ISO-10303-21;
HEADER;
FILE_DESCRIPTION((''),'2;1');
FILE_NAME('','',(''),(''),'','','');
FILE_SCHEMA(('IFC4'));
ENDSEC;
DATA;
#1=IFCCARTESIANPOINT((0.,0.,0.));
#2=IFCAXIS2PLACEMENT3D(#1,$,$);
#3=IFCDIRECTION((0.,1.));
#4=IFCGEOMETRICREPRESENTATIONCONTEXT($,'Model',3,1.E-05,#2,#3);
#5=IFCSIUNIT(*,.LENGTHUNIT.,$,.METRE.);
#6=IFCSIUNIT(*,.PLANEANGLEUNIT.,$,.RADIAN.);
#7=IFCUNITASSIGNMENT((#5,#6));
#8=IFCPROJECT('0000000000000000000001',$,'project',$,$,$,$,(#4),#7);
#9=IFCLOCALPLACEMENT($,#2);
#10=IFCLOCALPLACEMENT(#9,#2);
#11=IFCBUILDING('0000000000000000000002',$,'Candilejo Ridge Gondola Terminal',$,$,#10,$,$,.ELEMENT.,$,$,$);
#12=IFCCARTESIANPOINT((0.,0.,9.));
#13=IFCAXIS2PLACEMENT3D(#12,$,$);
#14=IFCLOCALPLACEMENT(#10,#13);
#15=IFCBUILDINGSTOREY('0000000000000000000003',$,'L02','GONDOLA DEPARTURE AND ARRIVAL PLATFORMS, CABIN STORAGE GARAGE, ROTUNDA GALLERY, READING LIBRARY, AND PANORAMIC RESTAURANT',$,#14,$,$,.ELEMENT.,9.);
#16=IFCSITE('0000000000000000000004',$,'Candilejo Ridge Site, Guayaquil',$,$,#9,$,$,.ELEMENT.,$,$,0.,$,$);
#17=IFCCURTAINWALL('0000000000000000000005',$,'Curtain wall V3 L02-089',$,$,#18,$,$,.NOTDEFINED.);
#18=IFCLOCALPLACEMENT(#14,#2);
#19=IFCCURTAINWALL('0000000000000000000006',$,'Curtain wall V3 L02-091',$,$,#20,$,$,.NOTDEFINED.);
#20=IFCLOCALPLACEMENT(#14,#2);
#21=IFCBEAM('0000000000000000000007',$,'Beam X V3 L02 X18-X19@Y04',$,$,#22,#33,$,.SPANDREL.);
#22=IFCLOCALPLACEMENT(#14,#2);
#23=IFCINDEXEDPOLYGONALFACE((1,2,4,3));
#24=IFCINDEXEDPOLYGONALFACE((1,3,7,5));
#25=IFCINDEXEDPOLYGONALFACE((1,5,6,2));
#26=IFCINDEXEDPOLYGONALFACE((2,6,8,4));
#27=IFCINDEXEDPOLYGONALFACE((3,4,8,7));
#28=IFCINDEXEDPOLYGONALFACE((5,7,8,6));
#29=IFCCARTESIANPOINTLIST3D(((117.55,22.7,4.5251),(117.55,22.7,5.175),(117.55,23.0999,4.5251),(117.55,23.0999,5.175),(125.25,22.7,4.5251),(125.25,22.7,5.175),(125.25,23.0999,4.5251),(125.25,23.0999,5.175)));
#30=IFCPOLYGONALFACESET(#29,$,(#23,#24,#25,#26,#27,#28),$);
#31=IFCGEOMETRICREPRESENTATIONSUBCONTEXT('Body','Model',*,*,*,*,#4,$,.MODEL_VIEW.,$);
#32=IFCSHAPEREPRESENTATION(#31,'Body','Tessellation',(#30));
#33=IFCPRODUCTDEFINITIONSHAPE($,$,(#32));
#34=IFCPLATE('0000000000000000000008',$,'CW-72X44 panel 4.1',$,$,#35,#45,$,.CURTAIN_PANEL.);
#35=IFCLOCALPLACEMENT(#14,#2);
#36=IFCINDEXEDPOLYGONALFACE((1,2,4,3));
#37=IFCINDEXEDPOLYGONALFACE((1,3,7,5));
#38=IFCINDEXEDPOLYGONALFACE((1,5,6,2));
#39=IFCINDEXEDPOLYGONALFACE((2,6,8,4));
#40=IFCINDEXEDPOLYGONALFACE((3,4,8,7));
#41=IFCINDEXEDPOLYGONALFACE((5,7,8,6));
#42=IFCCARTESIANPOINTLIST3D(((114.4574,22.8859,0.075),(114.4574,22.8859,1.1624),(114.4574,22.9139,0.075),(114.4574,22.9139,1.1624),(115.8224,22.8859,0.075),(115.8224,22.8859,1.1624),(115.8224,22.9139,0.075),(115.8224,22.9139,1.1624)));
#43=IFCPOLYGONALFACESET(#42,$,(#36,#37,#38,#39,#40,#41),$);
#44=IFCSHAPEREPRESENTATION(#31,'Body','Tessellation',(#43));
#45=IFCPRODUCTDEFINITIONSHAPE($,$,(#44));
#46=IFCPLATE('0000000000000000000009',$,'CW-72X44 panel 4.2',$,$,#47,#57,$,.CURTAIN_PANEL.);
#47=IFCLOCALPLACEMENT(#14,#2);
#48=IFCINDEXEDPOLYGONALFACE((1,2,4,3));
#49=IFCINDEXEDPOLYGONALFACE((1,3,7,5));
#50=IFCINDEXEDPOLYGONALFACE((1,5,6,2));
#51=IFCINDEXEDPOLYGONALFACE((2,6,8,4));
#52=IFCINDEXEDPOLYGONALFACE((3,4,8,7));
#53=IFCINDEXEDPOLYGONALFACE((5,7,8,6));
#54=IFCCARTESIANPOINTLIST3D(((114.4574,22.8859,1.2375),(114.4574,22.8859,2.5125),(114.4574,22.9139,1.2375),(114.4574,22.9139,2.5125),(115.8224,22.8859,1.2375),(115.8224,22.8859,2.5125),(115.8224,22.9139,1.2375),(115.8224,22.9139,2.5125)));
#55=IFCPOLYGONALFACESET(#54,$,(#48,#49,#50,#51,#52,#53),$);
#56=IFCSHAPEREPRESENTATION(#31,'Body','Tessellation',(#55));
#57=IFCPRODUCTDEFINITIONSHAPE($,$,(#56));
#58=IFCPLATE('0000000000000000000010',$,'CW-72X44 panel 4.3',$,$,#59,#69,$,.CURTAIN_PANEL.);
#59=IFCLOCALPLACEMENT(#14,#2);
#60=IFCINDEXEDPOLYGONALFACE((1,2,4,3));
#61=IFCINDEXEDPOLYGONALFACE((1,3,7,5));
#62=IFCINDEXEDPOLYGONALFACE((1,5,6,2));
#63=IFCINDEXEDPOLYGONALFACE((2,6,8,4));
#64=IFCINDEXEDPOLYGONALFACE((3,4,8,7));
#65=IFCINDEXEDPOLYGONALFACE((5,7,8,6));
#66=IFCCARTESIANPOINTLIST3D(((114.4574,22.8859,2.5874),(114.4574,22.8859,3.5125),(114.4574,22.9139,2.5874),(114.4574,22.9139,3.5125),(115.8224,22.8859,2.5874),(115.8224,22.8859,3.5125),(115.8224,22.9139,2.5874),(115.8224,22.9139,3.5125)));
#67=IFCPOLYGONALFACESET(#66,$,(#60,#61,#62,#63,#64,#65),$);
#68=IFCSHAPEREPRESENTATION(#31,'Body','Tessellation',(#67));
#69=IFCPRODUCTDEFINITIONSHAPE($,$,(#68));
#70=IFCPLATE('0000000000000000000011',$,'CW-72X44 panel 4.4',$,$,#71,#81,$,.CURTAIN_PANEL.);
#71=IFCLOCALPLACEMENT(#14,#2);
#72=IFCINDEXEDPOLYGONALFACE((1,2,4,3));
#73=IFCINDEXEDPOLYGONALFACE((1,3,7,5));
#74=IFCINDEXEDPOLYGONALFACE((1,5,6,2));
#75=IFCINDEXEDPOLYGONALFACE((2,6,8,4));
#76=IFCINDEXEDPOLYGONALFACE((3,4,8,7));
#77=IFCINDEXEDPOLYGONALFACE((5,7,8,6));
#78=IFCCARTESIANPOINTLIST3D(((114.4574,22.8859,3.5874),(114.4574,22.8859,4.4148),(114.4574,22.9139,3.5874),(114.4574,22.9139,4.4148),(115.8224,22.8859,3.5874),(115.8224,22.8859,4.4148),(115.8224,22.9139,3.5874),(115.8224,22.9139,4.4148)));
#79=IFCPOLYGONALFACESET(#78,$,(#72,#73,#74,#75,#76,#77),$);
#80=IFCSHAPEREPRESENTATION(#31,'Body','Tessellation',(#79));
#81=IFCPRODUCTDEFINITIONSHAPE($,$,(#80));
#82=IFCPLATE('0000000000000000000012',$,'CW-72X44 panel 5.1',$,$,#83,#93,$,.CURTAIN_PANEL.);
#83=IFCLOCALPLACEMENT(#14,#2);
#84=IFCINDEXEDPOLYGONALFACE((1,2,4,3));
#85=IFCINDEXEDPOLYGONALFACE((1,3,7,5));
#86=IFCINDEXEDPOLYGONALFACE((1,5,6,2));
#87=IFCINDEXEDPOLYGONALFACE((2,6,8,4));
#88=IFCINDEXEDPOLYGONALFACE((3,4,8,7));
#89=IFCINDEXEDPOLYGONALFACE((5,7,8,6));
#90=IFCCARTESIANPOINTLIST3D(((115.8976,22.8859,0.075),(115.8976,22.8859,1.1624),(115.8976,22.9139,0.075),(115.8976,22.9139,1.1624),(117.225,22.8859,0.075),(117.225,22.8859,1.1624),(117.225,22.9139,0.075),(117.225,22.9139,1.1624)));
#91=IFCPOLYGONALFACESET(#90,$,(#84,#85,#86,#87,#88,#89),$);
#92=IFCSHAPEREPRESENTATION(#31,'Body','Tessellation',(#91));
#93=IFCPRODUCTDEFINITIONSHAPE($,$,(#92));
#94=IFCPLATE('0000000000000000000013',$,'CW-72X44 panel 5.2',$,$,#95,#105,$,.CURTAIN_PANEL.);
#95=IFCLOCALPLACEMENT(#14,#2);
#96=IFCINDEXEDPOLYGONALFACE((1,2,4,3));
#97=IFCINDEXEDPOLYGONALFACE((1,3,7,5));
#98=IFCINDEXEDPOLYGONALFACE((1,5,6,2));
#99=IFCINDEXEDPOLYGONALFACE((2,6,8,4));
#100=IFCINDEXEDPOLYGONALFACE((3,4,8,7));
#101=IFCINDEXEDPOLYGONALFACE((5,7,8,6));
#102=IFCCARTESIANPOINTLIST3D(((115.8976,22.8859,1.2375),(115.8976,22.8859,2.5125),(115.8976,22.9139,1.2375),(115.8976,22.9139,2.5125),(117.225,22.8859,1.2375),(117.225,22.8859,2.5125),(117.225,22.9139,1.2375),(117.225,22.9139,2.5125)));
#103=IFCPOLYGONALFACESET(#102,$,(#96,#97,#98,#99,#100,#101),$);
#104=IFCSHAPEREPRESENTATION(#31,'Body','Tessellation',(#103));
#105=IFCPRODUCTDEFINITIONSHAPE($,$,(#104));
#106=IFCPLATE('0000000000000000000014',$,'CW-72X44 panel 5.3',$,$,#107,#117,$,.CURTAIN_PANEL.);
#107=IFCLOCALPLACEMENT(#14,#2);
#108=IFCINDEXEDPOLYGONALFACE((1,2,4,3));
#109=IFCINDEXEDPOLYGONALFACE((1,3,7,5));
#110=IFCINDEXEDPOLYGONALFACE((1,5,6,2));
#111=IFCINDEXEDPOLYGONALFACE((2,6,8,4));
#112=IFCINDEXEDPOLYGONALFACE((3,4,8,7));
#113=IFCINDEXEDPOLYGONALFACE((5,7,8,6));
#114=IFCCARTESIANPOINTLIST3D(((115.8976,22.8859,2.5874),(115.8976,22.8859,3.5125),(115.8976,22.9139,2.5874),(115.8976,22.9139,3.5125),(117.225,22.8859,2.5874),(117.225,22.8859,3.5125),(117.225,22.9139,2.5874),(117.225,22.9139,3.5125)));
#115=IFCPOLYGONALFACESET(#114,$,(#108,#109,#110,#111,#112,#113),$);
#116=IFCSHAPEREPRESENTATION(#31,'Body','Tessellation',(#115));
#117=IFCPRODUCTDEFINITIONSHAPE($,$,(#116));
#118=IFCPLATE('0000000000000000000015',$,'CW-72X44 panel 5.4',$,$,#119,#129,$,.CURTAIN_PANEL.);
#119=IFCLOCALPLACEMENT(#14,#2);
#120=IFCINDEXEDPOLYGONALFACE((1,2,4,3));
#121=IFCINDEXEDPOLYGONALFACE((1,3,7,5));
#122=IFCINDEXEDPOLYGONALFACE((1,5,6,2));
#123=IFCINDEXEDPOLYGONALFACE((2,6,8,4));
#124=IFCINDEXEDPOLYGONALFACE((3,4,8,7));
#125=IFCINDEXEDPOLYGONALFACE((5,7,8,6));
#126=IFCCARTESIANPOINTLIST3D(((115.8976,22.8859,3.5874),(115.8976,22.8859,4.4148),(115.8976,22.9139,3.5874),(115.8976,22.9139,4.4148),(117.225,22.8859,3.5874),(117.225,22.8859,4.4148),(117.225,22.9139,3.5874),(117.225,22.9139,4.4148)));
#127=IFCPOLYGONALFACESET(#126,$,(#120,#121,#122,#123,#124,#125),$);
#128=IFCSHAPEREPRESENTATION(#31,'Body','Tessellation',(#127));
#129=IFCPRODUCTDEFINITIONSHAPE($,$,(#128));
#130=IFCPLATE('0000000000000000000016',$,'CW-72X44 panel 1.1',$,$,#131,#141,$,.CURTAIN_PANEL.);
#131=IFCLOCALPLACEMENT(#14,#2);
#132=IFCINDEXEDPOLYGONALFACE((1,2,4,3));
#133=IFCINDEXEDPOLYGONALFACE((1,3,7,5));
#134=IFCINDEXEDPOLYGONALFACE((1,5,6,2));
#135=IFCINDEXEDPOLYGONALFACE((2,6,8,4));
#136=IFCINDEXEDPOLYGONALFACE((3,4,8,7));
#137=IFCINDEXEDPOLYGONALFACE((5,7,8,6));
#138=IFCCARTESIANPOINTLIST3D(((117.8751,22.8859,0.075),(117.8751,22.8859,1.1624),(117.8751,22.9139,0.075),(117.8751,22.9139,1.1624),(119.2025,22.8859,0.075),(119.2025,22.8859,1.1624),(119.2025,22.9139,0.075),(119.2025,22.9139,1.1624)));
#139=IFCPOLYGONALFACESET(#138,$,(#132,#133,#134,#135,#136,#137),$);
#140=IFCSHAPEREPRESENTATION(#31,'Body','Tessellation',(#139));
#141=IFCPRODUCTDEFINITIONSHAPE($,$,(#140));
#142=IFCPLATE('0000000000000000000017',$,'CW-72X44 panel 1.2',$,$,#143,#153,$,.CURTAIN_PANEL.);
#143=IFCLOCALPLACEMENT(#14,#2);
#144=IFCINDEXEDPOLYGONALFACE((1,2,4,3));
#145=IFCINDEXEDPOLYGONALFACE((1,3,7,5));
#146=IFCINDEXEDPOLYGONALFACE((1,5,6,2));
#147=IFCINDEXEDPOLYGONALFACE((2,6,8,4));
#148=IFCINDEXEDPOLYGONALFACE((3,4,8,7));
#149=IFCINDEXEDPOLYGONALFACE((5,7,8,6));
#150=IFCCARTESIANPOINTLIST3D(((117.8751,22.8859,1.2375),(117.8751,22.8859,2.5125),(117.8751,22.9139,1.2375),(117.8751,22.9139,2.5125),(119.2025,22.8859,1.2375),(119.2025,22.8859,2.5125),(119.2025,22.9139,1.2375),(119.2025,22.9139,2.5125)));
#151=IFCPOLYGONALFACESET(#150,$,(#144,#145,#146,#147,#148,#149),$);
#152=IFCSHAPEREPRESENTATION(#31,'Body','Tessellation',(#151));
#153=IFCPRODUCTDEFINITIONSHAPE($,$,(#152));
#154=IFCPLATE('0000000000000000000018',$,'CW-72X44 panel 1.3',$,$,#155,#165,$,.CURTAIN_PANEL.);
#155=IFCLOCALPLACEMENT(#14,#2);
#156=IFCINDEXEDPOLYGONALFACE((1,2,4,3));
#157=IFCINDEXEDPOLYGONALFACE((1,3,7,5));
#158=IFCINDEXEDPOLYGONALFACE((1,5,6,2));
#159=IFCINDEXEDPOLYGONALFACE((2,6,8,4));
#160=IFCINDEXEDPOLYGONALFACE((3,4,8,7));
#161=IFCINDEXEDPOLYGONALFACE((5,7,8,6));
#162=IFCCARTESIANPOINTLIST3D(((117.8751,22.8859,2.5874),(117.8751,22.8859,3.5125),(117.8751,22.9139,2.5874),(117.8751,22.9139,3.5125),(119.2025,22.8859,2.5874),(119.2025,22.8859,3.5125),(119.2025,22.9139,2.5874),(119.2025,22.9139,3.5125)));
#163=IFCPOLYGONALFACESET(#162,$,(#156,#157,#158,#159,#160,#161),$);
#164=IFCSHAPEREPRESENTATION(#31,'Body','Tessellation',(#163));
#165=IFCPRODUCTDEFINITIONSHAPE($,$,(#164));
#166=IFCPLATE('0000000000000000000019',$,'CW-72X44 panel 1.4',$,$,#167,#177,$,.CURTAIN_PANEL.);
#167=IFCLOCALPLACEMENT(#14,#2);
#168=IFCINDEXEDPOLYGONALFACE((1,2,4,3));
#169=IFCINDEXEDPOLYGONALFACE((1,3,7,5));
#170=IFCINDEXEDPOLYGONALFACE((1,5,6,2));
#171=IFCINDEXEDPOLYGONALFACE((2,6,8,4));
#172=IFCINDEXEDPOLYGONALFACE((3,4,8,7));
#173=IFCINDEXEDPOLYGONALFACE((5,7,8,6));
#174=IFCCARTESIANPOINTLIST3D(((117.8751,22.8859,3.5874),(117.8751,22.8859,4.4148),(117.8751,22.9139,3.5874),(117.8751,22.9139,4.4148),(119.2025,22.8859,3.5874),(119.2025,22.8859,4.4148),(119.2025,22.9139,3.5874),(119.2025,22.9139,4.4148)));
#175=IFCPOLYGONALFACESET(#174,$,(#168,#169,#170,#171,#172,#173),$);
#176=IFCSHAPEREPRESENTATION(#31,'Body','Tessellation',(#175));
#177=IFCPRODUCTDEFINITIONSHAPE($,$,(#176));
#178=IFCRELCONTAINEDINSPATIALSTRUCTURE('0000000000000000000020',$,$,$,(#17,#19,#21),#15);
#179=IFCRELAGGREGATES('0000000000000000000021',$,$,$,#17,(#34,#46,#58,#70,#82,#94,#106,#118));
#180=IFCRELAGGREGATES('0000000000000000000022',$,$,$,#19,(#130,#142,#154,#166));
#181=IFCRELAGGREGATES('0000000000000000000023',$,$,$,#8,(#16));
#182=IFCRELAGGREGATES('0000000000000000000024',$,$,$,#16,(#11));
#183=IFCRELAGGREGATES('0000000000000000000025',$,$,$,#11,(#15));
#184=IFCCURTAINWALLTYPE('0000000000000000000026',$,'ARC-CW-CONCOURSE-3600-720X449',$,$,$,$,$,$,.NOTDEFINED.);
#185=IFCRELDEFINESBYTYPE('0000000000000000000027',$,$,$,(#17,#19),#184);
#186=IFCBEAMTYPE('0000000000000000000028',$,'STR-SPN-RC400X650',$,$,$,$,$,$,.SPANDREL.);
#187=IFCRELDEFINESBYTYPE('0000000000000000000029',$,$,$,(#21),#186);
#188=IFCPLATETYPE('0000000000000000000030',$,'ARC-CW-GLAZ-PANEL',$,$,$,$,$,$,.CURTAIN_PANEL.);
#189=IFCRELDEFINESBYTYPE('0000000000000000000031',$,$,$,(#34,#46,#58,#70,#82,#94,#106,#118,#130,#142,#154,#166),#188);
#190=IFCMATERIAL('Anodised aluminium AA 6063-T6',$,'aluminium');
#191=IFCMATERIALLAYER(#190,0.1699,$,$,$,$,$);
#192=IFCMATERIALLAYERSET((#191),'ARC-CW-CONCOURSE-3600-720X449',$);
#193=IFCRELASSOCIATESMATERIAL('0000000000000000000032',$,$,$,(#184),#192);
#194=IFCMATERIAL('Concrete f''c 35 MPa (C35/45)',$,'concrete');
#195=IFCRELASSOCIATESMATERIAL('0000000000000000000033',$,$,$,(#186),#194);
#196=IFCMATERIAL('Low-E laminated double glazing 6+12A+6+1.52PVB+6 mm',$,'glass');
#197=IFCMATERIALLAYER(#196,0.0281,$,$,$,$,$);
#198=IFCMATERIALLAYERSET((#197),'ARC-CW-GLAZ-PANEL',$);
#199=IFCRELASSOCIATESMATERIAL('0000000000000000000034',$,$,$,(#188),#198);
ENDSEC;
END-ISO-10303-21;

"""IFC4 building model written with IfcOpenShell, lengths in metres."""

from ifc_helpers import new_model, si_unit, direction, frame, origin, origin_2d, place, context, subcontext, project, spatial, rectangle, extrude, material, layer, layer_set, material_profile, profile_set, type_object, element, aggregate, save


model = new_model("IFC4")

# Units and contexts
model_context = context("Model", 3, precision=1e-05, world=origin(), true_north=direction((0.0, 1.0)))
body_context = subcontext(model_context, "Body", "Model", "MODEL_VIEW")
ifc_project = project(units=[si_unit("LENGTHUNIT", "METRE"), si_unit("PLANEANGLEUNIT", "RADIAN")], contexts=[model_context])

# Site, building, storey
site_placement = place(None, origin())
site = spatial("IfcSite", under=ifc_project, at=site_placement, Name="Candilejo Ridge Site, Guayaquil", CompositionType="ELEMENT", RefElevation=0.0)
building_placement = place(site_placement, origin())
building = spatial("IfcBuilding", under=site, at=building_placement, Name="Candilejo Ridge Gondola Terminal", CompositionType="ELEMENT")
storey_placement = place(building_placement, frame((0.0, 0.0, 9.0)))
storey = spatial("IfcBuildingStorey", under=building, at=storey_placement, Name="L02", Description="GONDOLA DEPARTURE AND ARRIVAL PLATFORMS, CABIN STORAGE GARAGE, ROTUNDA GALLERY, READING LIBRARY, AND PANORAMIC RESTAURANT", CompositionType="ELEMENT", Elevation=9.0)

# Curtain walls
ifc_material_1 = material(Name="Anodised aluminium AA 6063-T6", Category="aluminium")
ifc_layer_1 = layer(ifc_material_1, 0.1699)
ifc_layer_set_1 = layer_set([ifc_layer_1], Name="ARC-CW-CONCOURSE-3600-720X449")
curtain_wall_type = type_object("IfcCurtainWallType", Name="ARC-CW-CONCOURSE-3600-720X449", PredefinedType="NOTDEFINED", material=ifc_layer_set_1)
curtain_wall_1_placement = place(storey_placement, origin())
curtain_wall_1 = element("IfcCurtainWall", 1, at=curtain_wall_1_placement, inside=storey, type_object=curtain_wall_type, Name="Curtain wall V3 L02-089", PredefinedType="NOTDEFINED")
curtain_wall_2_placement = place(storey_placement, origin())
curtain_wall_2 = element("IfcCurtainWall", 2, at=curtain_wall_2_placement, inside=storey, type_object=curtain_wall_type, Name="Curtain wall V3 L02-091", PredefinedType="NOTDEFINED")

# Beam
ifc_material_2 = material(Name="Concrete f'c 35 MPa (C35/45)", Category="concrete")
ifc_material_profile_1 = material_profile(ifc_material_2, rectangle(XDim=0.3999, YDim=0.6499, at=origin_2d()))
ifc_profile_set_1 = profile_set([ifc_material_profile_1], Name="Concrete f'c 35 MPa (C35/45)")
beam_type_1 = type_object("IfcBeamType", Name="STR-SPN-RC400X650", PredefinedType="SPANDREL", material=ifc_profile_set_1)
beam_1_placement = place(storey_placement, frame((117.55, 22.8999, 4.8501), z_axis=(1.0, 0.0, 0.0), x_axis=(0.0, 1.0, 0.0)))
element("IfcBeam", 3, at=beam_1_placement, inside=storey, type_object=beam_type_1, Name="Beam X V3 L02 X18-X19@Y04", PredefinedType="SPANDREL", context=body_context, shape_type="SweptSolid", body=[
    extrude(rectangle(XDim=0.3999, YDim=0.6499, at=origin_2d()), origin(), (0.0, 0.0, 1.0), 7.7),
])

# Plates
ifc_material_3 = material(Name="Low-E laminated double glazing 6+12A+6+1.52PVB+6 mm", Category="glass")
ifc_layer_2 = layer(ifc_material_3, 0.0281)
ifc_layer_set_2 = layer_set([ifc_layer_2], Name="ARC-CW-GLAZ-PANEL")
plate_type = type_object("IfcPlateType", Name="ARC-CW-GLAZ-PANEL", PredefinedType="CURTAIN_PANEL", material=ifc_layer_set_2)
plate_1_placement = place(storey_placement, frame((115.1399, 22.8999, 0.075), z_axis=(0.0, 0.0, 1.0), x_axis=(1.0, 0.0, 0.0)))
plate_1 = element("IfcPlate", 4, at=plate_1_placement, type_object=plate_type, Name="CW-72X44 panel 4.1", PredefinedType="CURTAIN_PANEL", context=body_context, shape_type="SweptSolid", body=[
    extrude(rectangle(XDim=1.365, YDim=0.0281, at=origin_2d()), origin(), (0.0, 0.0, 1.0), 1.0874),
])
plate_2_placement = place(storey_placement, frame((115.1399, 22.8999, 1.2375), z_axis=(0.0, 0.0, 1.0), x_axis=(1.0, 0.0, 0.0)))
plate_2 = element("IfcPlate", 5, at=plate_2_placement, type_object=plate_type, Name="CW-72X44 panel 4.2", PredefinedType="CURTAIN_PANEL", context=body_context, shape_type="SweptSolid", body=[
    extrude(rectangle(XDim=1.365, YDim=0.0281, at=origin_2d()), origin(), (0.0, 0.0, 1.0), 1.2749),
])
plate_3_placement = place(storey_placement, frame((115.1399, 22.8999, 2.5874), z_axis=(0.0, 0.0, 1.0), x_axis=(1.0, 0.0, 0.0)))
plate_3 = element("IfcPlate", 6, at=plate_3_placement, type_object=plate_type, Name="CW-72X44 panel 4.3", PredefinedType="CURTAIN_PANEL", context=body_context, shape_type="SweptSolid", body=[
    extrude(rectangle(XDim=1.365, YDim=0.0281, at=origin_2d()), origin(), (0.0, 0.0, 1.0), 0.925),
])
plate_4_placement = place(storey_placement, frame((115.1399, 22.8999, 3.5874), z_axis=(0.0, 0.0, 1.0), x_axis=(1.0, 0.0, 0.0)))
plate_4 = element("IfcPlate", 7, at=plate_4_placement, type_object=plate_type, Name="CW-72X44 panel 4.4", PredefinedType="CURTAIN_PANEL", context=body_context, shape_type="SweptSolid", body=[
    extrude(rectangle(XDim=1.365, YDim=0.0281, at=origin_2d()), origin(), (0.0, 0.0, 1.0), 0.8274),
])
plate_5_placement = place(storey_placement, frame((116.5613, 22.8999, 0.075), z_axis=(0.0, 0.0, 1.0), x_axis=(1.0, 0.0, 0.0)))
plate_5 = element("IfcPlate", 8, at=plate_5_placement, type_object=plate_type, Name="CW-72X44 panel 5.1", PredefinedType="CURTAIN_PANEL", context=body_context, shape_type="SweptSolid", body=[
    extrude(rectangle(XDim=1.3274, YDim=0.0281, at=origin_2d()), origin(), (0.0, 0.0, 1.0), 1.0874),
])
plate_6_placement = place(storey_placement, frame((116.5613, 22.8999, 1.2375), z_axis=(0.0, 0.0, 1.0), x_axis=(1.0, 0.0, 0.0)))
plate_6 = element("IfcPlate", 9, at=plate_6_placement, type_object=plate_type, Name="CW-72X44 panel 5.2", PredefinedType="CURTAIN_PANEL", context=body_context, shape_type="SweptSolid", body=[
    extrude(rectangle(XDim=1.3274, YDim=0.0281, at=origin_2d()), origin(), (0.0, 0.0, 1.0), 1.2749),
])
plate_7_placement = place(storey_placement, frame((116.5613, 22.8999, 2.5874), z_axis=(0.0, 0.0, 1.0), x_axis=(1.0, 0.0, 0.0)))
plate_7 = element("IfcPlate", 10, at=plate_7_placement, type_object=plate_type, Name="CW-72X44 panel 5.3", PredefinedType="CURTAIN_PANEL", context=body_context, shape_type="SweptSolid", body=[
    extrude(rectangle(XDim=1.3274, YDim=0.0281, at=origin_2d()), origin(), (0.0, 0.0, 1.0), 0.925),
])
plate_8_placement = place(storey_placement, frame((116.5613, 22.8999, 3.5874), z_axis=(0.0, 0.0, 1.0), x_axis=(1.0, 0.0, 0.0)))
plate_8 = element("IfcPlate", 11, at=plate_8_placement, type_object=plate_type, Name="CW-72X44 panel 5.4", PredefinedType="CURTAIN_PANEL", context=body_context, shape_type="SweptSolid", body=[
    extrude(rectangle(XDim=1.3274, YDim=0.0281, at=origin_2d()), origin(), (0.0, 0.0, 1.0), 0.8274),
])
aggregate(curtain_wall_1, [plate_1, plate_2, plate_3, plate_4, plate_5, plate_6, plate_7, plate_8])
plate_9_placement = place(storey_placement, frame((118.5388, 22.8999, 0.075), z_axis=(0.0, 0.0, 1.0), x_axis=(1.0, 0.0, 0.0)))
plate_9 = element("IfcPlate", 12, at=plate_9_placement, type_object=plate_type, Name="CW-72X44 panel 1.1", PredefinedType="CURTAIN_PANEL", context=body_context, shape_type="SweptSolid", body=[
    extrude(rectangle(XDim=1.3274, YDim=0.0281, at=origin_2d()), origin(), (0.0, 0.0, 1.0), 1.0874),
])
plate_10_placement = place(storey_placement, frame((118.5388, 22.8999, 1.2375), z_axis=(0.0, 0.0, 1.0), x_axis=(1.0, 0.0, 0.0)))
plate_10 = element("IfcPlate", 13, at=plate_10_placement, type_object=plate_type, Name="CW-72X44 panel 1.2", PredefinedType="CURTAIN_PANEL", context=body_context, shape_type="SweptSolid", body=[
    extrude(rectangle(XDim=1.3274, YDim=0.0281, at=origin_2d()), origin(), (0.0, 0.0, 1.0), 1.2749),
])
plate_11_placement = place(storey_placement, frame((118.5388, 22.8999, 2.5874), z_axis=(0.0, 0.0, 1.0), x_axis=(1.0, 0.0, 0.0)))
plate_11 = element("IfcPlate", 14, at=plate_11_placement, type_object=plate_type, Name="CW-72X44 panel 1.3", PredefinedType="CURTAIN_PANEL", context=body_context, shape_type="SweptSolid", body=[
    extrude(rectangle(XDim=1.3274, YDim=0.0281, at=origin_2d()), origin(), (0.0, 0.0, 1.0), 0.925),
])
plate_12_placement = place(storey_placement, frame((118.5388, 22.8999, 3.5874), z_axis=(0.0, 0.0, 1.0), x_axis=(1.0, 0.0, 0.0)))
plate_12 = element("IfcPlate", 15, at=plate_12_placement, type_object=plate_type, Name="CW-72X44 panel 1.4", PredefinedType="CURTAIN_PANEL", context=body_context, shape_type="SweptSolid", body=[
    extrude(rectangle(XDim=1.3274, YDim=0.0281, at=origin_2d()), origin(), (0.0, 0.0, 1.0), 0.8274),
])
aggregate(curtain_wall_2, [plate_9, plate_10, plate_11, plate_12])

save(model, "model.ifc")
